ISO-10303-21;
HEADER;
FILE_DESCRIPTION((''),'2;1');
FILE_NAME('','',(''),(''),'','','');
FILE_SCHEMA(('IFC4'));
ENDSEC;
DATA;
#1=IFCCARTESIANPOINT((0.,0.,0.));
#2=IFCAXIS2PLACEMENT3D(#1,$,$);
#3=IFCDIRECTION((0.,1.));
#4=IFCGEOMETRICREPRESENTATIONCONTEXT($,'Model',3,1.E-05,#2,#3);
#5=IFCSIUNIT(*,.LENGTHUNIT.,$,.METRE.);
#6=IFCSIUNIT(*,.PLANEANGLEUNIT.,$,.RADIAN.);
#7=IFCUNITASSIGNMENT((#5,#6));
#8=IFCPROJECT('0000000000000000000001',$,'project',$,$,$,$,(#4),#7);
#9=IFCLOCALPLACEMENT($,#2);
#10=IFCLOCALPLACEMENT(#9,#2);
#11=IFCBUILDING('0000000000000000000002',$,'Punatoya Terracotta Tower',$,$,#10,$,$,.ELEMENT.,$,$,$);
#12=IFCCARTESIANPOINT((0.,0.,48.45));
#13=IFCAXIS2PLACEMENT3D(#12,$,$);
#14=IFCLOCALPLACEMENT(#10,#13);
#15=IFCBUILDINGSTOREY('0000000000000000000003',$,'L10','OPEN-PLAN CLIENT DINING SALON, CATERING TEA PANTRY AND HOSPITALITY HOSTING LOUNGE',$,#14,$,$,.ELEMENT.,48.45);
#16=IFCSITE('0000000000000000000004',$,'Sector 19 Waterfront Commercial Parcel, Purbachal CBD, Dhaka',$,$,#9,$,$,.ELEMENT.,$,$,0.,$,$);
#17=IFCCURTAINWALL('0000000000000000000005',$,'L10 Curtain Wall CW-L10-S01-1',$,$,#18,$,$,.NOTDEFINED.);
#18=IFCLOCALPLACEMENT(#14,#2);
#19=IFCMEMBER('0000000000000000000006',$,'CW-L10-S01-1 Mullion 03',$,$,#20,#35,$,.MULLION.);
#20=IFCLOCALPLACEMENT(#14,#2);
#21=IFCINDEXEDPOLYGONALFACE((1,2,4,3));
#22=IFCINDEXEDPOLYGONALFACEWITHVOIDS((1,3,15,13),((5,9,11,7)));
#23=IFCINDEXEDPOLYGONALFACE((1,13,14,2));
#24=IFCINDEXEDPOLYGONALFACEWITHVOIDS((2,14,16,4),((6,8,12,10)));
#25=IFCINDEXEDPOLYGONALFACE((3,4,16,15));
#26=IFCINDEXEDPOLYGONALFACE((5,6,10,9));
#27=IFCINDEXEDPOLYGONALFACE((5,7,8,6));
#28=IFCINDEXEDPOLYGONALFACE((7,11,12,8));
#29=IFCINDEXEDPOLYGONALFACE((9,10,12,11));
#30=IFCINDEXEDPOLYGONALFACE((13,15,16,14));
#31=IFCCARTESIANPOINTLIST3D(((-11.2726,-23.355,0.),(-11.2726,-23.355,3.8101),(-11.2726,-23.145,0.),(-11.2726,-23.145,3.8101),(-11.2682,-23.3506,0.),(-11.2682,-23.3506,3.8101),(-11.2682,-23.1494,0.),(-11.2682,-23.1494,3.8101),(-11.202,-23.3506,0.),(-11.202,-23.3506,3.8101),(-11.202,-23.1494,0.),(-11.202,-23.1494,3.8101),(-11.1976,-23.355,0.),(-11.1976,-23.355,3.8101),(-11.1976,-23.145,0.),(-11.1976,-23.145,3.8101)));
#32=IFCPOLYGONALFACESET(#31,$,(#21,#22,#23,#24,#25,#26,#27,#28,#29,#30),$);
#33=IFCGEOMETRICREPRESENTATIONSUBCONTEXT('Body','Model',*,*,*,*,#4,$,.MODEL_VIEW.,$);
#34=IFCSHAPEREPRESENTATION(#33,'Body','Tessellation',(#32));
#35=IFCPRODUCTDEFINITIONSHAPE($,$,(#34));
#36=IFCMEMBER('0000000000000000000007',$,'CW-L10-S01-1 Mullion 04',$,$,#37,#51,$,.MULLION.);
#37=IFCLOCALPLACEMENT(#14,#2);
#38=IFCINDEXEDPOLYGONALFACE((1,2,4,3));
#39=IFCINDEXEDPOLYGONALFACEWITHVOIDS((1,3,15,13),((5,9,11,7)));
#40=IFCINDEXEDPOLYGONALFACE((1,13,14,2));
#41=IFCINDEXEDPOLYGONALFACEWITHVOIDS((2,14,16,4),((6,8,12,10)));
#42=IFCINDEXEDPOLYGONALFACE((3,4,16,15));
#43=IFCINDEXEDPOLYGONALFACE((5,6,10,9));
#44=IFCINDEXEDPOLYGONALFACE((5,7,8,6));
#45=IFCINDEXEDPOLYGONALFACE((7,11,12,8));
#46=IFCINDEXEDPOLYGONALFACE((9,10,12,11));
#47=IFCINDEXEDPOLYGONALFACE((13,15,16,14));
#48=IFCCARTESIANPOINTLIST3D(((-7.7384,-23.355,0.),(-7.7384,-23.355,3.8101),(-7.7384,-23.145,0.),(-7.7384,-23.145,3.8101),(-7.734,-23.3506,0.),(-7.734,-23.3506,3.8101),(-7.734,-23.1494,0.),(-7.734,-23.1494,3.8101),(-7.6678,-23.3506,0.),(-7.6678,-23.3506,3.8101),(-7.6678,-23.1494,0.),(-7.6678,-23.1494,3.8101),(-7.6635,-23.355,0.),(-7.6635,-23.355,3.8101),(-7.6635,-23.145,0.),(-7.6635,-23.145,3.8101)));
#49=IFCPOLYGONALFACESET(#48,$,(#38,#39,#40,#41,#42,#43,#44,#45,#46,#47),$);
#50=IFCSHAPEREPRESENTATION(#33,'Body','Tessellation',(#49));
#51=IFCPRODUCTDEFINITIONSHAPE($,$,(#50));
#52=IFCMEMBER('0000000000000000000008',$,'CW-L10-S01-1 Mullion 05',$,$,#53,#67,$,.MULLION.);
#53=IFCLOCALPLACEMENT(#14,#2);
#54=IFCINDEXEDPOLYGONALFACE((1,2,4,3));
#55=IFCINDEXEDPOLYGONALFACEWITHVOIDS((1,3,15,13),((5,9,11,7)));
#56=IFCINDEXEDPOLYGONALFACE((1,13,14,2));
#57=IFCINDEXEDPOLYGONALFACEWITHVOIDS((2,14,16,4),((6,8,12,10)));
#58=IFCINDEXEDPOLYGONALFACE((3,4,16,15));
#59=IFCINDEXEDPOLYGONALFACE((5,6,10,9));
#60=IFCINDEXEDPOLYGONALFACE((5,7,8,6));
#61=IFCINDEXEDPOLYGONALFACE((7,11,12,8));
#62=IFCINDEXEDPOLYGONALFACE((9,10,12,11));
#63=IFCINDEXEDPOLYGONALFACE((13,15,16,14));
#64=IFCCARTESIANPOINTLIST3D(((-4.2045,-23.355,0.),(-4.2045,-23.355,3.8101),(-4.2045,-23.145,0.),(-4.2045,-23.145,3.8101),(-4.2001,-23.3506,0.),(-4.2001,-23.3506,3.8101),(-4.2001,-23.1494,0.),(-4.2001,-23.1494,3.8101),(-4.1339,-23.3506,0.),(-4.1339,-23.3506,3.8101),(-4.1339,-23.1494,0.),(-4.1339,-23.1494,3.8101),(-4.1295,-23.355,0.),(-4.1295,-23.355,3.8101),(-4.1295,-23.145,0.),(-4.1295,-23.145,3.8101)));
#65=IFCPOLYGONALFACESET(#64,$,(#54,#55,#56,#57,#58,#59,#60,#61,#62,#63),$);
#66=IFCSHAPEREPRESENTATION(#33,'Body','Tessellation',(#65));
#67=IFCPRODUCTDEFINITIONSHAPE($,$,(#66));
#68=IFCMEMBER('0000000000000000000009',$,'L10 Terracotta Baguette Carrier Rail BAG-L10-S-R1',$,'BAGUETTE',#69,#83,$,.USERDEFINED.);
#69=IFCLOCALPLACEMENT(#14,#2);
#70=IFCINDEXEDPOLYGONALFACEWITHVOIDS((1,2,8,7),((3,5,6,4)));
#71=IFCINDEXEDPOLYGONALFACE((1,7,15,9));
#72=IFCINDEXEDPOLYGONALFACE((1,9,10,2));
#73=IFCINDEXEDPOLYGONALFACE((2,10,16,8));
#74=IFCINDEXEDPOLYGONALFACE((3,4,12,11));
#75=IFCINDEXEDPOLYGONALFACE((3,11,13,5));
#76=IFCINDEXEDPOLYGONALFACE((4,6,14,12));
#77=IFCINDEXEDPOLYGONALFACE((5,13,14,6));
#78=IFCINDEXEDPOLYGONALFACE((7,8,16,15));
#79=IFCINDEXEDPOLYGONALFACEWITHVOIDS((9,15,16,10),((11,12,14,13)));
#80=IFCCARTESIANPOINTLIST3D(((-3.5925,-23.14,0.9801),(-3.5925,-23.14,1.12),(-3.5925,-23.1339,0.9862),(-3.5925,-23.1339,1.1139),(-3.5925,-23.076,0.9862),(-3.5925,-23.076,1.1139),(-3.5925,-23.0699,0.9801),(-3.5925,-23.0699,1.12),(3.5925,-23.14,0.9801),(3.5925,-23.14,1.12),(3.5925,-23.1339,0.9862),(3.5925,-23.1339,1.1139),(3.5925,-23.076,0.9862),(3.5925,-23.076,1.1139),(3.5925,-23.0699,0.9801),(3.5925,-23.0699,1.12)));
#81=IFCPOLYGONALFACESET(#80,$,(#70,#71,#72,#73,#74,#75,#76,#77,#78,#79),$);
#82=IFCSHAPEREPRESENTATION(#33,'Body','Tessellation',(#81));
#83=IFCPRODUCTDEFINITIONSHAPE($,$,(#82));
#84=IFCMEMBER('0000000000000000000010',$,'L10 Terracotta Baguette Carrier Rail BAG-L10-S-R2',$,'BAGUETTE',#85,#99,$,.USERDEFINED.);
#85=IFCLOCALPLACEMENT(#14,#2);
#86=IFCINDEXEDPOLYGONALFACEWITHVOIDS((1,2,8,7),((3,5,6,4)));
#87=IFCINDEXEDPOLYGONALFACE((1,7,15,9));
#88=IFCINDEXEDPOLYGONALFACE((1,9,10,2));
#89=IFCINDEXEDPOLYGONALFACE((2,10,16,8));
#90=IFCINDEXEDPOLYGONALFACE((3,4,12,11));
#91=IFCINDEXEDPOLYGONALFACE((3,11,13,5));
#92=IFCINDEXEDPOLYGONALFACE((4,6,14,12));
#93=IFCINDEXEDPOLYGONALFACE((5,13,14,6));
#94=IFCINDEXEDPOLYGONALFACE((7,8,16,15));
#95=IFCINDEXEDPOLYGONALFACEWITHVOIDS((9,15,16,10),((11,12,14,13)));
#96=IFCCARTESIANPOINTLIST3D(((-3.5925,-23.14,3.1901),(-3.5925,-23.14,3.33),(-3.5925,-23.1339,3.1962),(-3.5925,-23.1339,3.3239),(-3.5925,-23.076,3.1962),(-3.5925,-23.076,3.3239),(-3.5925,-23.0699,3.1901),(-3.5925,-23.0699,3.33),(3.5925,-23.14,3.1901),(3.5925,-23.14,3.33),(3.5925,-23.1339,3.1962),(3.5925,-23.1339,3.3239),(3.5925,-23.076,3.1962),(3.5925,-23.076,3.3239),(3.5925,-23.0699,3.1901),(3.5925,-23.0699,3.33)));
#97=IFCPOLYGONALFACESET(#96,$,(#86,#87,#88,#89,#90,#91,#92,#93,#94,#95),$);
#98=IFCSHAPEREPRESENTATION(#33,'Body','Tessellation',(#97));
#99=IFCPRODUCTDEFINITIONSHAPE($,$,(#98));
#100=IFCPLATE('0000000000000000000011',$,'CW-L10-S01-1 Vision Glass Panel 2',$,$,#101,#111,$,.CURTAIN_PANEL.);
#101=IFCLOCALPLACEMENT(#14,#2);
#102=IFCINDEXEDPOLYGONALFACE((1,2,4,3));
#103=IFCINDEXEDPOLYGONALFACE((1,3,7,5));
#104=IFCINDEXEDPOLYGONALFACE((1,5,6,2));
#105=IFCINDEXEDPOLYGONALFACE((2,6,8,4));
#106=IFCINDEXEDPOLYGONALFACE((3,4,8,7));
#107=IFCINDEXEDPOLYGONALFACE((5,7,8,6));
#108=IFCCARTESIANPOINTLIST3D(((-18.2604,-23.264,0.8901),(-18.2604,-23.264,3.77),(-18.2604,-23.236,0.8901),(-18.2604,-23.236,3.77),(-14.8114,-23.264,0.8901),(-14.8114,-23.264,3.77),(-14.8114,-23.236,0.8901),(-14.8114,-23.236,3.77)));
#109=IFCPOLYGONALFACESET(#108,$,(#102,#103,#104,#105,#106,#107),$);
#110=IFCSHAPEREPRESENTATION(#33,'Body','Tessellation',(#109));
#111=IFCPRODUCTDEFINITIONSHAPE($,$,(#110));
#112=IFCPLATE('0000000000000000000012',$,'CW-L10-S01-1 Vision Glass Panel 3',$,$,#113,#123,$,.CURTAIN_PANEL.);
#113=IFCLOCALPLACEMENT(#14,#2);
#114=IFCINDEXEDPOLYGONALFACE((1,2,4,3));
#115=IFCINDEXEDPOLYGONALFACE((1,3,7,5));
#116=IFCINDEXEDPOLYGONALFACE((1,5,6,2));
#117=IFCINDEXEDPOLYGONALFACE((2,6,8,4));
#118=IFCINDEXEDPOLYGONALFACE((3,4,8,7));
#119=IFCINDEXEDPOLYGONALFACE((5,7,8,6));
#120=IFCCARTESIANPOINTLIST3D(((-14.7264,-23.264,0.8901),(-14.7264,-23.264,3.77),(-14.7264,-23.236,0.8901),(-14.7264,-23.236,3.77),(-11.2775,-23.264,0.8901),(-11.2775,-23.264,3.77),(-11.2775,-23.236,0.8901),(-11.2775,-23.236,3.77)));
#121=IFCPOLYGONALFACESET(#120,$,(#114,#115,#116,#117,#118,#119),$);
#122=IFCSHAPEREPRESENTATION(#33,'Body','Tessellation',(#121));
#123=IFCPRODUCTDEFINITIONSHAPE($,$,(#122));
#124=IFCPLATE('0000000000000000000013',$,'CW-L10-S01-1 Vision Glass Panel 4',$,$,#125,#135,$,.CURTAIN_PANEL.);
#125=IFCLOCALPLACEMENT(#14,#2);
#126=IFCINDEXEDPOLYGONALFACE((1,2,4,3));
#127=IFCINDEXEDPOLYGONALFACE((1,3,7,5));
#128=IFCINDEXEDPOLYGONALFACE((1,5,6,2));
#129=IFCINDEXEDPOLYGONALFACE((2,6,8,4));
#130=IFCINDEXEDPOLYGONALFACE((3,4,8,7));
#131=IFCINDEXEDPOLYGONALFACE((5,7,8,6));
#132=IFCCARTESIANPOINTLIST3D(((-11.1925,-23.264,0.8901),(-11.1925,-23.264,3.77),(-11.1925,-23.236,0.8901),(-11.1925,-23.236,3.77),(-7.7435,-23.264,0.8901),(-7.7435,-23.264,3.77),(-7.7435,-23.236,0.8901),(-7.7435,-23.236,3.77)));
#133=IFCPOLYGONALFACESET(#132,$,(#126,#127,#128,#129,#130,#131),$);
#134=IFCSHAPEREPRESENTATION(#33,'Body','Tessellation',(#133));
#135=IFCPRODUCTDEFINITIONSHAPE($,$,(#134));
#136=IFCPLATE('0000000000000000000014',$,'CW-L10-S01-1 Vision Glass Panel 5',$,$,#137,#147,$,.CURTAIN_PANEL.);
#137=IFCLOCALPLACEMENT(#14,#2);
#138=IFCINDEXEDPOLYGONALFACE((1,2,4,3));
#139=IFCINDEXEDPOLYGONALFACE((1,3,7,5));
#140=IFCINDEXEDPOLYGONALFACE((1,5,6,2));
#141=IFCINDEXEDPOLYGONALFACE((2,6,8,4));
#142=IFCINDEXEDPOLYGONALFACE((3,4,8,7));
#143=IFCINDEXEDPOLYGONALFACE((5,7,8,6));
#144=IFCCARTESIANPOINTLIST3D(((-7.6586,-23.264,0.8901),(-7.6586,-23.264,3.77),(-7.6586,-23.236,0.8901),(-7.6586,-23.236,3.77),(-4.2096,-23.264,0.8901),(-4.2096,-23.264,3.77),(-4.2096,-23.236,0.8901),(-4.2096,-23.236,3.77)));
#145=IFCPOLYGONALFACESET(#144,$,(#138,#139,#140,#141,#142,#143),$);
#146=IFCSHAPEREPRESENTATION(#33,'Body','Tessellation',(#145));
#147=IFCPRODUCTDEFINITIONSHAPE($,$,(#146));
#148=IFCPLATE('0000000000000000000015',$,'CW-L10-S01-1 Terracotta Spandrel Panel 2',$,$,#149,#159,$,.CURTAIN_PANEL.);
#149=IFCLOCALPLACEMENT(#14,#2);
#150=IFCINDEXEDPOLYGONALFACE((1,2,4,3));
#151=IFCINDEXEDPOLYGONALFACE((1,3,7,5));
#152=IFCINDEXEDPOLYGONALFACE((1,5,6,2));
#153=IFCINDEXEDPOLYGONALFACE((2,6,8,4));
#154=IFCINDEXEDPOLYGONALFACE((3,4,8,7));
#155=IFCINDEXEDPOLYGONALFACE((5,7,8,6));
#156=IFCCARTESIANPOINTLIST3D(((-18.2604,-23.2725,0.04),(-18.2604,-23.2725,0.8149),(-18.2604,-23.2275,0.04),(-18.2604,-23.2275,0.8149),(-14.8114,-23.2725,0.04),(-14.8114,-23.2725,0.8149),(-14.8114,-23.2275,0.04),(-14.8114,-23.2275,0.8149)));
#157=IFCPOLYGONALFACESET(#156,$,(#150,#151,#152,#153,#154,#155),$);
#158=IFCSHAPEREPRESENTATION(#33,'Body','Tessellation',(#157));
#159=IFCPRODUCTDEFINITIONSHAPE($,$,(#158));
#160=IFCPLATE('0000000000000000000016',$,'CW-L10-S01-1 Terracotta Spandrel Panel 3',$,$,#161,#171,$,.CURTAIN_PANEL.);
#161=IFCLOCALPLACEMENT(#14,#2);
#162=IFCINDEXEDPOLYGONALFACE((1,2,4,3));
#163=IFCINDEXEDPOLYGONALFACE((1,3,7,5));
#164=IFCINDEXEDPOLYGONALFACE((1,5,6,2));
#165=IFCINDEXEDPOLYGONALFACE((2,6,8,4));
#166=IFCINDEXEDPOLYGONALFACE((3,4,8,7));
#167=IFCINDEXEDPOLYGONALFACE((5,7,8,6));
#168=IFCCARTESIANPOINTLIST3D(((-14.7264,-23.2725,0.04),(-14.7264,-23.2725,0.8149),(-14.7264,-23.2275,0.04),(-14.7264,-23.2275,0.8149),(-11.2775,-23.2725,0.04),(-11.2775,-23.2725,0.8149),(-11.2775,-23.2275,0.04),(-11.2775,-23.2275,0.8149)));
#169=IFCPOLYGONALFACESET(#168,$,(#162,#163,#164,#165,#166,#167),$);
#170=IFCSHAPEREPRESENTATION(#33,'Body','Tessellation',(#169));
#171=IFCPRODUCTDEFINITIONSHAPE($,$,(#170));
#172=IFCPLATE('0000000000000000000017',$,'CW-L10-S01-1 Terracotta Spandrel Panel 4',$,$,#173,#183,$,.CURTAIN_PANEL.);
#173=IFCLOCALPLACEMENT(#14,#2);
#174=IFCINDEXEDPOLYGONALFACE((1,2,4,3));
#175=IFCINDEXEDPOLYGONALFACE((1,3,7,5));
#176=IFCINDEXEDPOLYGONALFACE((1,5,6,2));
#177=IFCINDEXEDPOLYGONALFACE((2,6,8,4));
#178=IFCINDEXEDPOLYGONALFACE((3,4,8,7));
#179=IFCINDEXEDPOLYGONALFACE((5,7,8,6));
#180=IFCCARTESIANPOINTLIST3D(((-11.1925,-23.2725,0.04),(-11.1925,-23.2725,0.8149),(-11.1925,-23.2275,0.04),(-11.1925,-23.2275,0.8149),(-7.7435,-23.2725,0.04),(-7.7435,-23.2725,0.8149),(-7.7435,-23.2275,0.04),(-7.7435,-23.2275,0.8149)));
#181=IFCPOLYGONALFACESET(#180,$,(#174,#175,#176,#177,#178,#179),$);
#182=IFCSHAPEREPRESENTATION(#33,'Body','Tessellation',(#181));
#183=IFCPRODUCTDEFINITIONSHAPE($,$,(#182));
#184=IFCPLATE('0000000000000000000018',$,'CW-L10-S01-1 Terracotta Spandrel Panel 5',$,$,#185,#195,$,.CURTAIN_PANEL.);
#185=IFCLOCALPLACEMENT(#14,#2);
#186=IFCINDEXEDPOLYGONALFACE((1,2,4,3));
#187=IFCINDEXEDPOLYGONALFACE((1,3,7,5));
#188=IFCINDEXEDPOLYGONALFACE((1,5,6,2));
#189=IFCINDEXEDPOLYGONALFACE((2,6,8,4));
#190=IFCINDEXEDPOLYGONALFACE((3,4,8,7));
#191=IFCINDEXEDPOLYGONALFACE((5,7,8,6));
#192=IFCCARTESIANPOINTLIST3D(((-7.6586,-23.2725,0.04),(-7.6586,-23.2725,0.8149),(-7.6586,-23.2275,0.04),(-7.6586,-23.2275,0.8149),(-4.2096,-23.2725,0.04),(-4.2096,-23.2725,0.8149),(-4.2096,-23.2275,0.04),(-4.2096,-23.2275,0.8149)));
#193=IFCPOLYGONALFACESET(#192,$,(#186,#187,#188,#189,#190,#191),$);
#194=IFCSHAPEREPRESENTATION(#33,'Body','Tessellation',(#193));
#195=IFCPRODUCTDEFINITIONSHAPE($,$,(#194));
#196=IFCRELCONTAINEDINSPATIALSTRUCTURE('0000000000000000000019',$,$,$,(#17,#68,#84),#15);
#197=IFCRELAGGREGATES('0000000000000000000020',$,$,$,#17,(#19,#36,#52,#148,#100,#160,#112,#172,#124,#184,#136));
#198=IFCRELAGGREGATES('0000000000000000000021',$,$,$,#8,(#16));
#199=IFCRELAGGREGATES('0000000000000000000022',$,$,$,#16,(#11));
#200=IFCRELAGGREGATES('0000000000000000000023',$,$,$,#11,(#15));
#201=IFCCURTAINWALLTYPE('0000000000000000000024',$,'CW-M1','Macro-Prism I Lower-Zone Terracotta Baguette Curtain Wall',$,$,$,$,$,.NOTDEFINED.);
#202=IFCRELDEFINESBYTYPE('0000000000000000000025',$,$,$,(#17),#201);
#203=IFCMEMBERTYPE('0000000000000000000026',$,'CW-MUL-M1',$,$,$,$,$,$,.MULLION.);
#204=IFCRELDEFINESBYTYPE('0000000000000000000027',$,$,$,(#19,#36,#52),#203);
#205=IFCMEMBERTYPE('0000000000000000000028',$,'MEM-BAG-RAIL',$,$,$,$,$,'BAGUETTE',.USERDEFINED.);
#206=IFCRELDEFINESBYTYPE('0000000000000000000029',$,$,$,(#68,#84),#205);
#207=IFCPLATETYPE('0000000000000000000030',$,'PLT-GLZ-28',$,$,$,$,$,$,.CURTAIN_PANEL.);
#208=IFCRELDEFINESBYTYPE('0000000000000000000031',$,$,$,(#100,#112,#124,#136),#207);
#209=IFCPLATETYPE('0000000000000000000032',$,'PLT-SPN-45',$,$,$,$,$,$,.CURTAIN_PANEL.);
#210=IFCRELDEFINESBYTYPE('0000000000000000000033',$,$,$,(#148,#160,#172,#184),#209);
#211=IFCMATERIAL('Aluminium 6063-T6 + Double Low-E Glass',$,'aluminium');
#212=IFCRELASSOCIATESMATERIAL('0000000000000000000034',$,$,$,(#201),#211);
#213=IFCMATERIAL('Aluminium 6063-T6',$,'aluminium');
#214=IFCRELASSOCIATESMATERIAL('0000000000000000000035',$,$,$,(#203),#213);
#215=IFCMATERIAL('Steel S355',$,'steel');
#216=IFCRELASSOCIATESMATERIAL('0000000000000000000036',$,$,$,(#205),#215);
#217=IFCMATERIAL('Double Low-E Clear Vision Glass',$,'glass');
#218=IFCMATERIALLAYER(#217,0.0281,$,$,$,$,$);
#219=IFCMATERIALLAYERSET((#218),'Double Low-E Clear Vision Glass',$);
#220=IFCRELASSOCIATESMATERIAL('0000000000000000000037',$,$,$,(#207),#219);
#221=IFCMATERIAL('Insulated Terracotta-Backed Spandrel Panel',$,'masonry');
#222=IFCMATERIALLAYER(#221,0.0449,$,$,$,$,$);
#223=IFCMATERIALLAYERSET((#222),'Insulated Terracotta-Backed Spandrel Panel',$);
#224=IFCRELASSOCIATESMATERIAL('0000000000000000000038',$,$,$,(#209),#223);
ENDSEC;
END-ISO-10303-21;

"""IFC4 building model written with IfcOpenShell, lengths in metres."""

from ifc_helpers import new_model, si_unit, direction, frame, origin, origin_2d, place, context, subcontext, project, spatial, rectangle, hollow_rectangle, extrude, material, layer, layer_set, material_profile, profile_set, type_object, element, aggregate, save


model = new_model("IFC4")

# Units and contexts
model_context = context("Model", 3, precision=1e-05, world=origin(), true_north=direction((0.0, 1.0)))
body_context = subcontext(model_context, "Body", "Model", "MODEL_VIEW")
ifc_project = project(units=[si_unit("LENGTHUNIT", "METRE"), si_unit("PLANEANGLEUNIT", "RADIAN")], contexts=[model_context])

# Site, building, storey
site_placement = place(None, origin())
site = spatial("IfcSite", under=ifc_project, at=site_placement, Name="Sector 19 Waterfront Commercial Parcel, Purbachal CBD, Dhaka", CompositionType="ELEMENT", RefElevation=0.0)
building_placement = place(site_placement, origin())
building = spatial("IfcBuilding", under=site, at=building_placement, Name="Punatoya Terracotta Tower", CompositionType="ELEMENT")
storey_placement = place(building_placement, frame((0.0, 0.0, 48.45)))
storey = spatial("IfcBuildingStorey", under=building, at=storey_placement, Name="L10", Description="OPEN-PLAN CLIENT DINING SALON, CATERING TEA PANTRY AND HOSPITALITY HOSTING LOUNGE", CompositionType="ELEMENT", Elevation=48.45)

# Curtain wall, members
ifc_material_1 = material(Name="Aluminium 6063-T6 + Double Low-E Glass", Category="aluminium")
curtain_wall_type = type_object("IfcCurtainWallType", Name="CW-M1", Description="Macro-Prism I Lower-Zone Terracotta Baguette Curtain Wall", PredefinedType="NOTDEFINED", material=ifc_material_1)
curtain_wall_placement = place(storey_placement, origin())
curtain_wall = element("IfcCurtainWall", 1, at=curtain_wall_placement, inside=storey, type_object=curtain_wall_type, Name="L10 Curtain Wall CW-L10-S01-1", PredefinedType="NOTDEFINED")
ifc_material_2 = material(Name="Aluminium 6063-T6", Category="aluminium")
ifc_material_profile_1 = material_profile(ifc_material_2, hollow_rectangle(XDim=0.075, YDim=0.21, WallThickness=0.0044, at=origin_2d()))
ifc_profile_set_1 = profile_set([ifc_material_profile_1], Name="Aluminium 6063-T6")
member_type_1 = type_object("IfcMemberType", Name="CW-MUL-M1", PredefinedType="MULLION", material=ifc_profile_set_1)
member_1_placement = place(storey_placement, frame((-11.2351, -23.25, 0.0), z_axis=(0.0, 0.0, 1.0), x_axis=(1.0, 0.0, 0.0)))
member_1 = element("IfcMember", 2, at=member_1_placement, type_object=member_type_1, Name="CW-L10-S01-1 Mullion 03", PredefinedType="MULLION", context=body_context, shape_type="SweptSolid", body=[
    extrude(hollow_rectangle(XDim=0.075, YDim=0.21, WallThickness=0.0044, at=origin_2d()), origin(), (0.0, 0.0, 1.0), 3.8101),
])
member_2_placement = place(storey_placement, frame((-7.7009, -23.25, 0.0), z_axis=(0.0, 0.0, 1.0), x_axis=(1.0, 0.0, 0.0)))
member_2 = element("IfcMember", 3, at=member_2_placement, type_object=member_type_1, Name="CW-L10-S01-1 Mullion 04", PredefinedType="MULLION", context=body_context, shape_type="SweptSolid", body=[
    extrude(hollow_rectangle(XDim=0.075, YDim=0.21, WallThickness=0.0044, at=origin_2d()), origin(), (0.0, 0.0, 1.0), 3.8101),
])
member_3_placement = place(storey_placement, frame((-4.167, -23.25, 0.0), z_axis=(0.0, 0.0, 1.0), x_axis=(1.0, 0.0, 0.0)))
member_3 = element("IfcMember", 4, at=member_3_placement, type_object=member_type_1, Name="CW-L10-S01-1 Mullion 05", PredefinedType="MULLION", context=body_context, shape_type="SweptSolid", body=[
    extrude(hollow_rectangle(XDim=0.075, YDim=0.21, WallThickness=0.0044, at=origin_2d()), origin(), (0.0, 0.0, 1.0), 3.8101),
])

# Members
ifc_material_3 = material(Name="Steel S355", Category="steel")
ifc_material_profile_2 = material_profile(ifc_material_3, hollow_rectangle(XDim=0.0701, YDim=0.1399, WallThickness=0.0061, at=origin_2d()))
ifc_profile_set_2 = profile_set([ifc_material_profile_2], Name="Steel S355")
member_type_2 = type_object("IfcMemberType", Name="MEM-BAG-RAIL", ElementType="BAGUETTE", PredefinedType="USERDEFINED", material=ifc_profile_set_2)
for number, where, z_axis, x_axis, name in (
    (5, (-3.5925, -23.105, 1.05), (1.0, 0.0, 0.0), (0.0, 1.0, 0.0), "L10 Terracotta Baguette Carrier Rail BAG-L10-S-R1"),
    (6, (-3.5925, -23.105, 3.26), (1.0, 0.0, 0.0), (0.0, 1.0, 0.0), "L10 Terracotta Baguette Carrier Rail BAG-L10-S-R2"),
):
    element("IfcMember", number, at=place(storey_placement, frame(where, z_axis=z_axis, x_axis=x_axis)), inside=storey, type_object=member_type_2, Name=name, ObjectType="BAGUETTE", PredefinedType="USERDEFINED", context=body_context, shape_type="SweptSolid", body=[
        extrude(hollow_rectangle(XDim=0.0701, YDim=0.1399, WallThickness=0.0061, at=origin_2d()), origin(), (0.0, 0.0, 1.0), 7.1851),
    ])

# Plates
ifc_material_4 = material(Name="Double Low-E Clear Vision Glass", Category="glass")
ifc_layer_1 = layer(ifc_material_4, 0.0281)
ifc_layer_set_1 = layer_set([ifc_layer_1], Name="Double Low-E Clear Vision Glass")
plate_type_1 = type_object("IfcPlateType", Name="PLT-GLZ-28", PredefinedType="CURTAIN_PANEL", material=ifc_layer_set_1)
plate_1_placement = place(storey_placement, frame((-16.5359, -23.25, 0.8901), z_axis=(0.0, 0.0, 1.0), x_axis=(1.0, 0.0, 0.0)))
plate_1 = element("IfcPlate", 7, at=plate_1_placement, type_object=plate_type_1, Name="CW-L10-S01-1 Vision Glass Panel 2", PredefinedType="CURTAIN_PANEL", context=body_context, shape_type="SweptSolid", body=[
    extrude(rectangle(XDim=3.449, YDim=0.0281, at=origin_2d()), origin(), (0.0, 0.0, 1.0), 2.8799),
])
plate_2_placement = place(storey_placement, frame((-13.002, -23.25, 0.8901), z_axis=(0.0, 0.0, 1.0), x_axis=(1.0, 0.0, 0.0)))
plate_2 = element("IfcPlate", 8, at=plate_2_placement, type_object=plate_type_1, Name="CW-L10-S01-1 Vision Glass Panel 3", PredefinedType="CURTAIN_PANEL", context=body_context, shape_type="SweptSolid", body=[
    extrude(rectangle(XDim=3.449, YDim=0.0281, at=origin_2d()), origin(), (0.0, 0.0, 1.0), 2.8799),
])
plate_3_placement = place(storey_placement, frame((-9.468, -23.25, 0.8901), z_axis=(0.0, 0.0, 1.0), x_axis=(1.0, 0.0, 0.0)))
plate_3 = element("IfcPlate", 9, at=plate_3_placement, type_object=plate_type_1, Name="CW-L10-S01-1 Vision Glass Panel 4", PredefinedType="CURTAIN_PANEL", context=body_context, shape_type="SweptSolid", body=[
    extrude(rectangle(XDim=3.449, YDim=0.0281, at=origin_2d()), origin(), (0.0, 0.0, 1.0), 2.8799),
])
plate_4_placement = place(storey_placement, frame((-5.9341, -23.25, 0.8901), z_axis=(0.0, 0.0, 1.0), x_axis=(1.0, 0.0, 0.0)))
plate_4 = element("IfcPlate", 10, at=plate_4_placement, type_object=plate_type_1, Name="CW-L10-S01-1 Vision Glass Panel 5", PredefinedType="CURTAIN_PANEL", context=body_context, shape_type="SweptSolid", body=[
    extrude(rectangle(XDim=3.449, YDim=0.0281, at=origin_2d()), origin(), (0.0, 0.0, 1.0), 2.8799),
])
ifc_material_5 = material(Name="Insulated Terracotta-Backed Spandrel Panel", Category="masonry")
ifc_layer_2 = layer(ifc_material_5, 0.0449)
ifc_layer_set_2 = layer_set([ifc_layer_2], Name="Insulated Terracotta-Backed Spandrel Panel")
plate_type_2 = type_object("IfcPlateType", Name="PLT-SPN-45", PredefinedType="CURTAIN_PANEL", material=ifc_layer_set_2)
plate_5_placement = place(storey_placement, frame((-16.5359, -23.25, 0.04), z_axis=(0.0, 0.0, 1.0), x_axis=(1.0, 0.0, 0.0)))
plate_5 = element("IfcPlate", 11, at=plate_5_placement, type_object=plate_type_2, Name="CW-L10-S01-1 Terracotta Spandrel Panel 2", PredefinedType="CURTAIN_PANEL", context=body_context, shape_type="SweptSolid", body=[
    extrude(rectangle(XDim=3.449, YDim=0.0449, at=origin_2d()), origin(), (0.0, 0.0, 1.0), 0.7749),
])
plate_6_placement = place(storey_placement, frame((-13.002, -23.25, 0.04), z_axis=(0.0, 0.0, 1.0), x_axis=(1.0, 0.0, 0.0)))
plate_6 = element("IfcPlate", 12, at=plate_6_placement, type_object=plate_type_2, Name="CW-L10-S01-1 Terracotta Spandrel Panel 3", PredefinedType="CURTAIN_PANEL", context=body_context, shape_type="SweptSolid", body=[
    extrude(rectangle(XDim=3.449, YDim=0.0449, at=origin_2d()), origin(), (0.0, 0.0, 1.0), 0.7749),
])
plate_7_placement = place(storey_placement, frame((-9.468, -23.25, 0.04), z_axis=(0.0, 0.0, 1.0), x_axis=(1.0, 0.0, 0.0)))
plate_7 = element("IfcPlate", 13, at=plate_7_placement, type_object=plate_type_2, Name="CW-L10-S01-1 Terracotta Spandrel Panel 4", PredefinedType="CURTAIN_PANEL", context=body_context, shape_type="SweptSolid", body=[
    extrude(rectangle(XDim=3.449, YDim=0.0449, at=origin_2d()), origin(), (0.0, 0.0, 1.0), 0.7749),
])
plate_8_placement = place(storey_placement, frame((-5.9341, -23.25, 0.04), z_axis=(0.0, 0.0, 1.0), x_axis=(1.0, 0.0, 0.0)))
plate_8 = element("IfcPlate", 14, at=plate_8_placement, type_object=plate_type_2, Name="CW-L10-S01-1 Terracotta Spandrel Panel 5", PredefinedType="CURTAIN_PANEL", context=body_context, shape_type="SweptSolid", body=[
    extrude(rectangle(XDim=3.449, YDim=0.0449, at=origin_2d()), origin(), (0.0, 0.0, 1.0), 0.7749),
])
aggregate(curtain_wall, [member_1, member_2, member_3, plate_5, plate_1, plate_6, plate_2, plate_7, plate_3, plate_8, plate_4])

save(model, "model.ifc")
